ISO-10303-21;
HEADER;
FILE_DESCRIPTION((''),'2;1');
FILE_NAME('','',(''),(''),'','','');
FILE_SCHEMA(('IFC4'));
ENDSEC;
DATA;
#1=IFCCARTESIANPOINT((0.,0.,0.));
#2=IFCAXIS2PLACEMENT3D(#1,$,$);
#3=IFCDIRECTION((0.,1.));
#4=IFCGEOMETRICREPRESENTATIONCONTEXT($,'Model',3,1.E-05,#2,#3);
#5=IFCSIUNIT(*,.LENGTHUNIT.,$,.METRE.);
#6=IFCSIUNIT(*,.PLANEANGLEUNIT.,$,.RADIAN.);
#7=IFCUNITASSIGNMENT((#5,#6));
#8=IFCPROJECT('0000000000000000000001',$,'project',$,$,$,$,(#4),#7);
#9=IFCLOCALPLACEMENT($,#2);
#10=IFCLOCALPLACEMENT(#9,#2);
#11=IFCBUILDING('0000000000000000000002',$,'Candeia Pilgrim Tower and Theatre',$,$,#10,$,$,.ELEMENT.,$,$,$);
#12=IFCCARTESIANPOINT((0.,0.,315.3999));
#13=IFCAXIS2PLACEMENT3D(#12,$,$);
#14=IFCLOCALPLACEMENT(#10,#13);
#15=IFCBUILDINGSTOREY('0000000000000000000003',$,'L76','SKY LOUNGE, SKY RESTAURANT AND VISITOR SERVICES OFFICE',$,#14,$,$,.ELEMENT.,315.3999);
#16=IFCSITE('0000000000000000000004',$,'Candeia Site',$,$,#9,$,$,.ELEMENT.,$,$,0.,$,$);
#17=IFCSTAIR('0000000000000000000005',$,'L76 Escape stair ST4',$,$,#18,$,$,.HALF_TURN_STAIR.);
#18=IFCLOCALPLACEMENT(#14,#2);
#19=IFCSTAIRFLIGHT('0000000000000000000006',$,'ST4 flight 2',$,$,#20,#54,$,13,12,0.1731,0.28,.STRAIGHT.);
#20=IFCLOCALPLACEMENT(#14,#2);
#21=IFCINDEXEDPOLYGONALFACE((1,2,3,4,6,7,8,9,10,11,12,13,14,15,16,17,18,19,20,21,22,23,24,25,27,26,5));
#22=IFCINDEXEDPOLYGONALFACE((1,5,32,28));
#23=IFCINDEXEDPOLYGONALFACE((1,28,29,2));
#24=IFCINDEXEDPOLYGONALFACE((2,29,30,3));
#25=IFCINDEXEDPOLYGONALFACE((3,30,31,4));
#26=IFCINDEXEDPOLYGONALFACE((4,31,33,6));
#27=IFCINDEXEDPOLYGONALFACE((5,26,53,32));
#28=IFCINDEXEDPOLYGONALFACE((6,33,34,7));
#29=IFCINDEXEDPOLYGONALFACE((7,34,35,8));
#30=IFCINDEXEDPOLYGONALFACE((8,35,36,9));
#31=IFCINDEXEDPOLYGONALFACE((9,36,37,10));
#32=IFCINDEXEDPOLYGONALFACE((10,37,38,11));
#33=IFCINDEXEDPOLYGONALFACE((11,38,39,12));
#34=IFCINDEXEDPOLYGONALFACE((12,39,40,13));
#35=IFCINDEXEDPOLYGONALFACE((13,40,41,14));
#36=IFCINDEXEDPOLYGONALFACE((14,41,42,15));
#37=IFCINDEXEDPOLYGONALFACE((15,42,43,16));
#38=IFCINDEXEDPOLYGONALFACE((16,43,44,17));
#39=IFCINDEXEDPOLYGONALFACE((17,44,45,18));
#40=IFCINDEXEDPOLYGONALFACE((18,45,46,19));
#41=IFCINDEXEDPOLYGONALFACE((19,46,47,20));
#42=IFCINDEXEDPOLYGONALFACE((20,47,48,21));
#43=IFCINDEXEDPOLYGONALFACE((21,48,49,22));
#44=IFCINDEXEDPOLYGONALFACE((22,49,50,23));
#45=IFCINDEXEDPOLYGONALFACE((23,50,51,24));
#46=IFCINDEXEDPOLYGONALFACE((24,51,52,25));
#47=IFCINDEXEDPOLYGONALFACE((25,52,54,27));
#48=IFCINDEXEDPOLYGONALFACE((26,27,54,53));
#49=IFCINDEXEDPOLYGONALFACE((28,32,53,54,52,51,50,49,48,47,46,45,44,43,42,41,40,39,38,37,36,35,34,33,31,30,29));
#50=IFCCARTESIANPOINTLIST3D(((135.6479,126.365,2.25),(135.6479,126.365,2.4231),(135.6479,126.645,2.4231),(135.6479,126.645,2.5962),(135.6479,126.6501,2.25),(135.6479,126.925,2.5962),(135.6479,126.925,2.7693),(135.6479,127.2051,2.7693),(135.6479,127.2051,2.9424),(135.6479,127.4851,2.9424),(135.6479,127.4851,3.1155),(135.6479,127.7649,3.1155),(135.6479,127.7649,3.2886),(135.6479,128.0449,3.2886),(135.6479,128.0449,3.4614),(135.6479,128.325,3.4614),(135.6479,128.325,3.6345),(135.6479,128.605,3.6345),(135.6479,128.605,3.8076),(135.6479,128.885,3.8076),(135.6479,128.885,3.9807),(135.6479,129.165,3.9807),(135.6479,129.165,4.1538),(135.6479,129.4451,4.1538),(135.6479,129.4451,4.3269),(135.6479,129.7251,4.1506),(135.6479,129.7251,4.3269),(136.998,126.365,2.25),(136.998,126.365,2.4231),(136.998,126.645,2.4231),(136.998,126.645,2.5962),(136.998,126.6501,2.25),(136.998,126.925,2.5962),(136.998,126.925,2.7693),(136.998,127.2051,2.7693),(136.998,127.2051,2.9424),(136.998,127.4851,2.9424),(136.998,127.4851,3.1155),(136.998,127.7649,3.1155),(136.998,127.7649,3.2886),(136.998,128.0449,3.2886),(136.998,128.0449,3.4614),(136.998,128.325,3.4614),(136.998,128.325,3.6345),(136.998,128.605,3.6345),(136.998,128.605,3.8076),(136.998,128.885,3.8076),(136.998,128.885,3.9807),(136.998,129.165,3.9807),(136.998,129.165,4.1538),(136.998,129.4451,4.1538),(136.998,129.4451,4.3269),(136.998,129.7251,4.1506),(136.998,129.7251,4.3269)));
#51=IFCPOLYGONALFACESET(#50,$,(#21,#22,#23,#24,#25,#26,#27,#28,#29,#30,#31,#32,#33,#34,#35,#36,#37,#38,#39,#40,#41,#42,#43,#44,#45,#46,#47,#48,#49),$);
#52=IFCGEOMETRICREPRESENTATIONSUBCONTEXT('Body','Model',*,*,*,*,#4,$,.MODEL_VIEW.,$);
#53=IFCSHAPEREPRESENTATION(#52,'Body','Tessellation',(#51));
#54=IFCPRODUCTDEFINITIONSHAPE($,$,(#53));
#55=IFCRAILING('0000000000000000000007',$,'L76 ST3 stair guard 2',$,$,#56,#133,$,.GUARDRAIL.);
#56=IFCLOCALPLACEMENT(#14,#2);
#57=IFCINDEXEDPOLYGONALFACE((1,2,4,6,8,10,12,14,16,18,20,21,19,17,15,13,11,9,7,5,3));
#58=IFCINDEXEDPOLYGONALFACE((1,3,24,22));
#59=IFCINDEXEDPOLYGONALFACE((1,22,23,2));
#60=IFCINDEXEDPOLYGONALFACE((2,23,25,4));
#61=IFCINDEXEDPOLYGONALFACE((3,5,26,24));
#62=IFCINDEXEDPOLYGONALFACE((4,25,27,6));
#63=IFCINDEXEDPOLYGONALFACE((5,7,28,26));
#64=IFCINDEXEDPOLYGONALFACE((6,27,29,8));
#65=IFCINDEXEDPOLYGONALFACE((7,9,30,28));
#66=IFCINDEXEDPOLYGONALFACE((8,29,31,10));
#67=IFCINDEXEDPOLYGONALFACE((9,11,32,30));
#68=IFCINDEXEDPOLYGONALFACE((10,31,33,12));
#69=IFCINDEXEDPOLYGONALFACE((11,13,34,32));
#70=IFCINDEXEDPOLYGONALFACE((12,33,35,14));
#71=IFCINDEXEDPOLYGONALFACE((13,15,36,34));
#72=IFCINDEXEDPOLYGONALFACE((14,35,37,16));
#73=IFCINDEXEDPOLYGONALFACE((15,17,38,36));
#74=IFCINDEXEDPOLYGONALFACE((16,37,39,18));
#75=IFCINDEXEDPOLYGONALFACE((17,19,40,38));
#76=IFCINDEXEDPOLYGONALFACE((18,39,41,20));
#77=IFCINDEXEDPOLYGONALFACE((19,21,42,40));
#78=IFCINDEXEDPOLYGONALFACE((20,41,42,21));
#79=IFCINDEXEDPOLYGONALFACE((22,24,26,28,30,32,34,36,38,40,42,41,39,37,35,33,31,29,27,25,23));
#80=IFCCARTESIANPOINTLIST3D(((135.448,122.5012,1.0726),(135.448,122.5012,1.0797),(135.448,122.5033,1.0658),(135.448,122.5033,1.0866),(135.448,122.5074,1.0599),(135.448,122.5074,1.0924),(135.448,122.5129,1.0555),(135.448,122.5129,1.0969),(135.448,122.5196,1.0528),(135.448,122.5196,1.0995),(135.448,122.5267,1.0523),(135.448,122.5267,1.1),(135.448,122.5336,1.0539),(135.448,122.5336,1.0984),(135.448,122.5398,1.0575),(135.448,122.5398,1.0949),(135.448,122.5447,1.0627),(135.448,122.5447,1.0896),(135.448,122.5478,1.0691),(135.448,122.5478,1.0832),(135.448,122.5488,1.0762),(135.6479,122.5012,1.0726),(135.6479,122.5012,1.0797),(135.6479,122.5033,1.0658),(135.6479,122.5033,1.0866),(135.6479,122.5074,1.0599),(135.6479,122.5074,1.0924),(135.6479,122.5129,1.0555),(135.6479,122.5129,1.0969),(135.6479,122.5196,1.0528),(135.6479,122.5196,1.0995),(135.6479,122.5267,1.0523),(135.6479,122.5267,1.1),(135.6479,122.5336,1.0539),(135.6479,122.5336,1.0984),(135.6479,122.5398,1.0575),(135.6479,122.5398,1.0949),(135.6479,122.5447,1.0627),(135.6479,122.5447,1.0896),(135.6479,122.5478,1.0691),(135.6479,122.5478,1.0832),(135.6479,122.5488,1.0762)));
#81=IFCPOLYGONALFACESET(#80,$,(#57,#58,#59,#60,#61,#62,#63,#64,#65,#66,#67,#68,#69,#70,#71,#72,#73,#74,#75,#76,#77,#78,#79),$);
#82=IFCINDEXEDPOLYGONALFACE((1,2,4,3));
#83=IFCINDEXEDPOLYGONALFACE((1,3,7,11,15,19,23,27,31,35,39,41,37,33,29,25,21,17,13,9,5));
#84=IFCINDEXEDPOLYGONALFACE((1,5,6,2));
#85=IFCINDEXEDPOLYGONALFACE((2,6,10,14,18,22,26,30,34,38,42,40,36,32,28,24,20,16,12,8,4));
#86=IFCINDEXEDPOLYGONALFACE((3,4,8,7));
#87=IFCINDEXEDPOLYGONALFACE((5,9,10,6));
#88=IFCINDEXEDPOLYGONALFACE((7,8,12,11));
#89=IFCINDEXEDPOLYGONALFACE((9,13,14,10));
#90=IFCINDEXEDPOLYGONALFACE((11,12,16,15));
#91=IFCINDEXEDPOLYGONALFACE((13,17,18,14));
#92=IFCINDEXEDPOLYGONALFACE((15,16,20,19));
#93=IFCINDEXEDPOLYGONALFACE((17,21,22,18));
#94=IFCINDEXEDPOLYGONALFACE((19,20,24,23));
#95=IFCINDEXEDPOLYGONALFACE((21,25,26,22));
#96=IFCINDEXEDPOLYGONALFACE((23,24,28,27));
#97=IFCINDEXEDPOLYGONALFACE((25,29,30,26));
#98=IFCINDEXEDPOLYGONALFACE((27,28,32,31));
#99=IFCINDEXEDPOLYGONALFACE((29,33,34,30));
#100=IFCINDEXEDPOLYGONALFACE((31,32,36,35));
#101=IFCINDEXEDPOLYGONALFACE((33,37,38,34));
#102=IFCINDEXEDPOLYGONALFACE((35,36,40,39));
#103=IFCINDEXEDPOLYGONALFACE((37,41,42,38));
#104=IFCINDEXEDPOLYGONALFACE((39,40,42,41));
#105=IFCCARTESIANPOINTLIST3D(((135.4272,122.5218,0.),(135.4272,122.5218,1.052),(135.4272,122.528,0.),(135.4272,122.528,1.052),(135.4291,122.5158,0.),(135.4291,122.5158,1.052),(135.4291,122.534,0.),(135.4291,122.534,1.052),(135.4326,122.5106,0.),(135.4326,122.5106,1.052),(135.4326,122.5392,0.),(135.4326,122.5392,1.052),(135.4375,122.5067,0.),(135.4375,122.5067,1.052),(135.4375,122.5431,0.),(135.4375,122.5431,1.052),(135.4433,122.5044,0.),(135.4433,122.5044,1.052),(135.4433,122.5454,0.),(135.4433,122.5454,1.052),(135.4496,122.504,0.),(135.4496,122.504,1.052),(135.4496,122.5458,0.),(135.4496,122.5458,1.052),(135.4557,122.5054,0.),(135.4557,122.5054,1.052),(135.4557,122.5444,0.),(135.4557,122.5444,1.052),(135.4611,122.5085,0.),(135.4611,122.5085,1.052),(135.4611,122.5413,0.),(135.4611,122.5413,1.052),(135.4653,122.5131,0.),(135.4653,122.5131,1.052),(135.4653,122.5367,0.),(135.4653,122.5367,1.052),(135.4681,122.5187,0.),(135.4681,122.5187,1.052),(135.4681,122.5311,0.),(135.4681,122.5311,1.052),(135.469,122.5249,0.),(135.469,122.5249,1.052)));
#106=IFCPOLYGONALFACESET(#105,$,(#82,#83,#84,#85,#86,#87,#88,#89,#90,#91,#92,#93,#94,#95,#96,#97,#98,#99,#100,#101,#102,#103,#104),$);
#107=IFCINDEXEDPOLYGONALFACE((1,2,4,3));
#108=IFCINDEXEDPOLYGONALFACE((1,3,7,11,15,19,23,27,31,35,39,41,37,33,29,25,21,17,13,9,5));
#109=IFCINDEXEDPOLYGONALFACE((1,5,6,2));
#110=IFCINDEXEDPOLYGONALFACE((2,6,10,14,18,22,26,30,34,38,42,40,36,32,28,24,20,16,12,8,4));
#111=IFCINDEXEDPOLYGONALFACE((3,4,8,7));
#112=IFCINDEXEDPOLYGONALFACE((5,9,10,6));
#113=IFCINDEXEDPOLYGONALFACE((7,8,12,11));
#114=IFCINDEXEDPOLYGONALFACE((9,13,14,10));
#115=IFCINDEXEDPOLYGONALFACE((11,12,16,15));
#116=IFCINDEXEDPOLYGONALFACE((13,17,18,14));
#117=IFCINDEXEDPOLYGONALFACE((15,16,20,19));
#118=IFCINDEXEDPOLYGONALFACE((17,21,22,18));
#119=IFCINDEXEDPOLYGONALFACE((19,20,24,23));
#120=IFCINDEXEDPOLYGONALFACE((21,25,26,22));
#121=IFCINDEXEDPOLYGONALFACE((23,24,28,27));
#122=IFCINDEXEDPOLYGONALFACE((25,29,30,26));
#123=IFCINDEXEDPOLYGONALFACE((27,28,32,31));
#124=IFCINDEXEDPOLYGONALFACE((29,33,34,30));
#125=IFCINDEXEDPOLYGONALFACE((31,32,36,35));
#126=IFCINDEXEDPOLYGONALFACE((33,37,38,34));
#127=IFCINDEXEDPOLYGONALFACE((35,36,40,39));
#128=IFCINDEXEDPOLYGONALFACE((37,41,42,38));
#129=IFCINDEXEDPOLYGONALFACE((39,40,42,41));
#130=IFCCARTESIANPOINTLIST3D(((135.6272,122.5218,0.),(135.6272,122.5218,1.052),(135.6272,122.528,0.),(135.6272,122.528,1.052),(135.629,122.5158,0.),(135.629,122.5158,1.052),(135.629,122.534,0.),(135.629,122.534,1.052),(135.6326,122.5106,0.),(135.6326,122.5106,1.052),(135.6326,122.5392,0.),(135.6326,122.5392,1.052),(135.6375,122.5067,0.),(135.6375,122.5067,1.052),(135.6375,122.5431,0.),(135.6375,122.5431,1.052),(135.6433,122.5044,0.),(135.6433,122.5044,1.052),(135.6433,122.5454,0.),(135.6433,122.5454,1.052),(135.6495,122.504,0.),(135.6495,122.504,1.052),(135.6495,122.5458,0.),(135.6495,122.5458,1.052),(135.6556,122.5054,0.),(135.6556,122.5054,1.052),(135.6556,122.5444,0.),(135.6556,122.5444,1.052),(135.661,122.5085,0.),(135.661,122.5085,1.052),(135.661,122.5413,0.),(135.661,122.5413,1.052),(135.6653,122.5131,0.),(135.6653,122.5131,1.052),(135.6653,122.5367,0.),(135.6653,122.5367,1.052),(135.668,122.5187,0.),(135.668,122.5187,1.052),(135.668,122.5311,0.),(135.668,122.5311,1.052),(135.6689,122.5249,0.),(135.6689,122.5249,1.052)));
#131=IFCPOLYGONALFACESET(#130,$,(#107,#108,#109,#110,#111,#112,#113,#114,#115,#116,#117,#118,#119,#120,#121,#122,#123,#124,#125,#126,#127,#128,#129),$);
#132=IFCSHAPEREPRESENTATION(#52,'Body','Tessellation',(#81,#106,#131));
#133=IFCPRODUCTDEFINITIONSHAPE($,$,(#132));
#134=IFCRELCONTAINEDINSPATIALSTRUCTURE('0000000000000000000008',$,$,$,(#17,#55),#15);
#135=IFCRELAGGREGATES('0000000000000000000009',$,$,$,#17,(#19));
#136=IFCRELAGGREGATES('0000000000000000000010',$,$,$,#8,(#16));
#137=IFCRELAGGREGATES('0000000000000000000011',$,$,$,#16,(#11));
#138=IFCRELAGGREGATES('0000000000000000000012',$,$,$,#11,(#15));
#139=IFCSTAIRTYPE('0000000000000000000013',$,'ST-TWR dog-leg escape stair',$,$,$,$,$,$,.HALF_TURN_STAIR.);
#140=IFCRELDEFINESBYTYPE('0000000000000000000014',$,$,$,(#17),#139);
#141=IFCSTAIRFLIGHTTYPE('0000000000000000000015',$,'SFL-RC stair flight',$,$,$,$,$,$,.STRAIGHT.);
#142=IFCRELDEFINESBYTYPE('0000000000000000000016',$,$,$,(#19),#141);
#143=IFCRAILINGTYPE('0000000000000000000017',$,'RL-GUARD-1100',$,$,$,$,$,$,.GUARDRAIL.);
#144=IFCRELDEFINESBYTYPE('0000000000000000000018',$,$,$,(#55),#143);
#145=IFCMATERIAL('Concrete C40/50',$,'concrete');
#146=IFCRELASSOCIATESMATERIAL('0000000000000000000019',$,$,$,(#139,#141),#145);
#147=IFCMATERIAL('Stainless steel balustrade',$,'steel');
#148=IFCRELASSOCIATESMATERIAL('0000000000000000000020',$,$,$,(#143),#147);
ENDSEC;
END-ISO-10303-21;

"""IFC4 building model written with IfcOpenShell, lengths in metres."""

from ifc_helpers import new_model, si_unit, direction, frame, origin, origin_2d, place, context, subcontext, project, spatial, polyline, circle, outline, extrude, material, type_object, element, aggregate, save


model = new_model("IFC4")

# Units and contexts
model_context = context("Model", 3, precision=1e-05, world=origin(), true_north=direction((0.0, 1.0)))
body_context = subcontext(model_context, "Body", "Model", "MODEL_VIEW")
ifc_project = project(units=[si_unit("LENGTHUNIT", "METRE"), si_unit("PLANEANGLEUNIT", "RADIAN")], contexts=[model_context])

# Site, building, storey
site_placement = place(None, origin())
site = spatial("IfcSite", under=ifc_project, at=site_placement, Name="Candeia Site", CompositionType="ELEMENT", RefElevation=0.0)
building_placement = place(site_placement, origin())
building = spatial("IfcBuilding", under=site, at=building_placement, Name="Candeia Pilgrim Tower and Theatre", CompositionType="ELEMENT")
storey_placement = place(building_placement, frame((0.0, 0.0, 315.3999)))
storey = spatial("IfcBuildingStorey", under=building, at=storey_placement, Name="L76", Description="SKY LOUNGE, SKY RESTAURANT AND VISITOR SERVICES OFFICE", CompositionType="ELEMENT", Elevation=315.3999)

# Shared definitions
ifc_material_1 = material(Name="Concrete C40/50", Category="concrete")

# Shared definitions
stair_type = type_object("IfcStairType", Name="ST-TWR dog-leg escape stair", PredefinedType="HALF_TURN_STAIR", material=ifc_material_1)
stair_flight_type = type_object("IfcStairFlightType", Name="SFL-RC stair flight", PredefinedType="STRAIGHT", material=ifc_material_1)

# Stair, stair flight
stair_1_placement = place(storey_placement, origin())
stair_1 = element("IfcStair", 1, at=stair_1_placement, inside=storey, type_object=stair_type, Name="L76 Escape stair ST4", PredefinedType="HALF_TURN_STAIR")
stair_flight_1_placement = place(storey_placement, frame((136.323, 126.365, 2.25), z_axis=(0.0, 0.0, 1.0), x_axis=(0.0, 1.0, 0.0)))
stair_flight_1 = element("IfcStairFlight", 2, at=stair_flight_1_placement, type_object=stair_flight_type, Name="ST4 flight 2", NumberOfRisers=13, NumberOfTreads=12, PredefinedType="STRAIGHT", RiserHeight=0.1731, TreadLength=0.28, context=body_context, shape_type="SweptSolid", body=[
    extrude(outline(polyline([(0.0, 0.0), (0.0, 0.1731), (0.28, 0.1731), (0.28, 0.3462), (0.5601, 0.3462), (0.5601, 0.5193), (0.8401, 0.5193), (0.8401, 0.6924), (1.1201, 0.6924), (1.1201, 0.8655), (1.3999, 0.8655), (1.3999, 1.0386), (1.6799, 1.0386), (1.6799, 1.2114), (1.96, 1.2114), (1.96, 1.3845), (2.24, 1.3845), (2.24, 1.5576), (2.52, 1.5576), (2.52, 1.7307), (2.8, 1.7307), (2.8, 1.9038), (3.0801, 1.9038), (3.0801, 2.0769), (3.3601, 2.0769), (3.3601, 2.25), (3.3601, 1.9006), (0.2852, 0.0), (0.0, 0.0)])), frame((0.0, 0.675, 0.0), z_axis=(0.0, -1.0, 0.0), x_axis=(1.0, 0.0, 0.0)), (0.0, 0.0, 1.0), 1.3501),
])
aggregate(stair_1, [stair_flight_1])

# Railing
ifc_material_2 = material(Name="Stainless steel balustrade", Category="steel")
railing_type_1 = type_object("IfcRailingType", Name="RL-GUARD-1100", PredefinedType="GUARDRAIL", material=ifc_material_2)
railing_1_placement = place(storey_placement, frame((135.448, 122.5249, 0.0)))
element("IfcRailing", 3, at=railing_1_placement, inside=storey, type_object=railing_type_1, Name="L76 ST3 stair guard 2", PredefinedType="GUARDRAIL", context=body_context, shape_type="SweptSolid", body=[
    extrude(circle(Radius=0.0239, at=origin_2d()), frame((0.0, 0.0, 1.0762), z_axis=(1.0, 0.0, 0.0), x_axis=(0.0, 1.0, 0.0)), (0.0, 0.0, 1.0), 0.2),
    extrude(circle(Radius=0.021, at=origin_2d()), origin(), (0.0, 0.0, 1.0), 1.052),
    extrude(circle(Radius=0.021, at=origin_2d()), frame((0.2, 0.0, 0.0)), (0.0, 0.0, 1.0), 1.052),
])

save(model, "model.ifc")
